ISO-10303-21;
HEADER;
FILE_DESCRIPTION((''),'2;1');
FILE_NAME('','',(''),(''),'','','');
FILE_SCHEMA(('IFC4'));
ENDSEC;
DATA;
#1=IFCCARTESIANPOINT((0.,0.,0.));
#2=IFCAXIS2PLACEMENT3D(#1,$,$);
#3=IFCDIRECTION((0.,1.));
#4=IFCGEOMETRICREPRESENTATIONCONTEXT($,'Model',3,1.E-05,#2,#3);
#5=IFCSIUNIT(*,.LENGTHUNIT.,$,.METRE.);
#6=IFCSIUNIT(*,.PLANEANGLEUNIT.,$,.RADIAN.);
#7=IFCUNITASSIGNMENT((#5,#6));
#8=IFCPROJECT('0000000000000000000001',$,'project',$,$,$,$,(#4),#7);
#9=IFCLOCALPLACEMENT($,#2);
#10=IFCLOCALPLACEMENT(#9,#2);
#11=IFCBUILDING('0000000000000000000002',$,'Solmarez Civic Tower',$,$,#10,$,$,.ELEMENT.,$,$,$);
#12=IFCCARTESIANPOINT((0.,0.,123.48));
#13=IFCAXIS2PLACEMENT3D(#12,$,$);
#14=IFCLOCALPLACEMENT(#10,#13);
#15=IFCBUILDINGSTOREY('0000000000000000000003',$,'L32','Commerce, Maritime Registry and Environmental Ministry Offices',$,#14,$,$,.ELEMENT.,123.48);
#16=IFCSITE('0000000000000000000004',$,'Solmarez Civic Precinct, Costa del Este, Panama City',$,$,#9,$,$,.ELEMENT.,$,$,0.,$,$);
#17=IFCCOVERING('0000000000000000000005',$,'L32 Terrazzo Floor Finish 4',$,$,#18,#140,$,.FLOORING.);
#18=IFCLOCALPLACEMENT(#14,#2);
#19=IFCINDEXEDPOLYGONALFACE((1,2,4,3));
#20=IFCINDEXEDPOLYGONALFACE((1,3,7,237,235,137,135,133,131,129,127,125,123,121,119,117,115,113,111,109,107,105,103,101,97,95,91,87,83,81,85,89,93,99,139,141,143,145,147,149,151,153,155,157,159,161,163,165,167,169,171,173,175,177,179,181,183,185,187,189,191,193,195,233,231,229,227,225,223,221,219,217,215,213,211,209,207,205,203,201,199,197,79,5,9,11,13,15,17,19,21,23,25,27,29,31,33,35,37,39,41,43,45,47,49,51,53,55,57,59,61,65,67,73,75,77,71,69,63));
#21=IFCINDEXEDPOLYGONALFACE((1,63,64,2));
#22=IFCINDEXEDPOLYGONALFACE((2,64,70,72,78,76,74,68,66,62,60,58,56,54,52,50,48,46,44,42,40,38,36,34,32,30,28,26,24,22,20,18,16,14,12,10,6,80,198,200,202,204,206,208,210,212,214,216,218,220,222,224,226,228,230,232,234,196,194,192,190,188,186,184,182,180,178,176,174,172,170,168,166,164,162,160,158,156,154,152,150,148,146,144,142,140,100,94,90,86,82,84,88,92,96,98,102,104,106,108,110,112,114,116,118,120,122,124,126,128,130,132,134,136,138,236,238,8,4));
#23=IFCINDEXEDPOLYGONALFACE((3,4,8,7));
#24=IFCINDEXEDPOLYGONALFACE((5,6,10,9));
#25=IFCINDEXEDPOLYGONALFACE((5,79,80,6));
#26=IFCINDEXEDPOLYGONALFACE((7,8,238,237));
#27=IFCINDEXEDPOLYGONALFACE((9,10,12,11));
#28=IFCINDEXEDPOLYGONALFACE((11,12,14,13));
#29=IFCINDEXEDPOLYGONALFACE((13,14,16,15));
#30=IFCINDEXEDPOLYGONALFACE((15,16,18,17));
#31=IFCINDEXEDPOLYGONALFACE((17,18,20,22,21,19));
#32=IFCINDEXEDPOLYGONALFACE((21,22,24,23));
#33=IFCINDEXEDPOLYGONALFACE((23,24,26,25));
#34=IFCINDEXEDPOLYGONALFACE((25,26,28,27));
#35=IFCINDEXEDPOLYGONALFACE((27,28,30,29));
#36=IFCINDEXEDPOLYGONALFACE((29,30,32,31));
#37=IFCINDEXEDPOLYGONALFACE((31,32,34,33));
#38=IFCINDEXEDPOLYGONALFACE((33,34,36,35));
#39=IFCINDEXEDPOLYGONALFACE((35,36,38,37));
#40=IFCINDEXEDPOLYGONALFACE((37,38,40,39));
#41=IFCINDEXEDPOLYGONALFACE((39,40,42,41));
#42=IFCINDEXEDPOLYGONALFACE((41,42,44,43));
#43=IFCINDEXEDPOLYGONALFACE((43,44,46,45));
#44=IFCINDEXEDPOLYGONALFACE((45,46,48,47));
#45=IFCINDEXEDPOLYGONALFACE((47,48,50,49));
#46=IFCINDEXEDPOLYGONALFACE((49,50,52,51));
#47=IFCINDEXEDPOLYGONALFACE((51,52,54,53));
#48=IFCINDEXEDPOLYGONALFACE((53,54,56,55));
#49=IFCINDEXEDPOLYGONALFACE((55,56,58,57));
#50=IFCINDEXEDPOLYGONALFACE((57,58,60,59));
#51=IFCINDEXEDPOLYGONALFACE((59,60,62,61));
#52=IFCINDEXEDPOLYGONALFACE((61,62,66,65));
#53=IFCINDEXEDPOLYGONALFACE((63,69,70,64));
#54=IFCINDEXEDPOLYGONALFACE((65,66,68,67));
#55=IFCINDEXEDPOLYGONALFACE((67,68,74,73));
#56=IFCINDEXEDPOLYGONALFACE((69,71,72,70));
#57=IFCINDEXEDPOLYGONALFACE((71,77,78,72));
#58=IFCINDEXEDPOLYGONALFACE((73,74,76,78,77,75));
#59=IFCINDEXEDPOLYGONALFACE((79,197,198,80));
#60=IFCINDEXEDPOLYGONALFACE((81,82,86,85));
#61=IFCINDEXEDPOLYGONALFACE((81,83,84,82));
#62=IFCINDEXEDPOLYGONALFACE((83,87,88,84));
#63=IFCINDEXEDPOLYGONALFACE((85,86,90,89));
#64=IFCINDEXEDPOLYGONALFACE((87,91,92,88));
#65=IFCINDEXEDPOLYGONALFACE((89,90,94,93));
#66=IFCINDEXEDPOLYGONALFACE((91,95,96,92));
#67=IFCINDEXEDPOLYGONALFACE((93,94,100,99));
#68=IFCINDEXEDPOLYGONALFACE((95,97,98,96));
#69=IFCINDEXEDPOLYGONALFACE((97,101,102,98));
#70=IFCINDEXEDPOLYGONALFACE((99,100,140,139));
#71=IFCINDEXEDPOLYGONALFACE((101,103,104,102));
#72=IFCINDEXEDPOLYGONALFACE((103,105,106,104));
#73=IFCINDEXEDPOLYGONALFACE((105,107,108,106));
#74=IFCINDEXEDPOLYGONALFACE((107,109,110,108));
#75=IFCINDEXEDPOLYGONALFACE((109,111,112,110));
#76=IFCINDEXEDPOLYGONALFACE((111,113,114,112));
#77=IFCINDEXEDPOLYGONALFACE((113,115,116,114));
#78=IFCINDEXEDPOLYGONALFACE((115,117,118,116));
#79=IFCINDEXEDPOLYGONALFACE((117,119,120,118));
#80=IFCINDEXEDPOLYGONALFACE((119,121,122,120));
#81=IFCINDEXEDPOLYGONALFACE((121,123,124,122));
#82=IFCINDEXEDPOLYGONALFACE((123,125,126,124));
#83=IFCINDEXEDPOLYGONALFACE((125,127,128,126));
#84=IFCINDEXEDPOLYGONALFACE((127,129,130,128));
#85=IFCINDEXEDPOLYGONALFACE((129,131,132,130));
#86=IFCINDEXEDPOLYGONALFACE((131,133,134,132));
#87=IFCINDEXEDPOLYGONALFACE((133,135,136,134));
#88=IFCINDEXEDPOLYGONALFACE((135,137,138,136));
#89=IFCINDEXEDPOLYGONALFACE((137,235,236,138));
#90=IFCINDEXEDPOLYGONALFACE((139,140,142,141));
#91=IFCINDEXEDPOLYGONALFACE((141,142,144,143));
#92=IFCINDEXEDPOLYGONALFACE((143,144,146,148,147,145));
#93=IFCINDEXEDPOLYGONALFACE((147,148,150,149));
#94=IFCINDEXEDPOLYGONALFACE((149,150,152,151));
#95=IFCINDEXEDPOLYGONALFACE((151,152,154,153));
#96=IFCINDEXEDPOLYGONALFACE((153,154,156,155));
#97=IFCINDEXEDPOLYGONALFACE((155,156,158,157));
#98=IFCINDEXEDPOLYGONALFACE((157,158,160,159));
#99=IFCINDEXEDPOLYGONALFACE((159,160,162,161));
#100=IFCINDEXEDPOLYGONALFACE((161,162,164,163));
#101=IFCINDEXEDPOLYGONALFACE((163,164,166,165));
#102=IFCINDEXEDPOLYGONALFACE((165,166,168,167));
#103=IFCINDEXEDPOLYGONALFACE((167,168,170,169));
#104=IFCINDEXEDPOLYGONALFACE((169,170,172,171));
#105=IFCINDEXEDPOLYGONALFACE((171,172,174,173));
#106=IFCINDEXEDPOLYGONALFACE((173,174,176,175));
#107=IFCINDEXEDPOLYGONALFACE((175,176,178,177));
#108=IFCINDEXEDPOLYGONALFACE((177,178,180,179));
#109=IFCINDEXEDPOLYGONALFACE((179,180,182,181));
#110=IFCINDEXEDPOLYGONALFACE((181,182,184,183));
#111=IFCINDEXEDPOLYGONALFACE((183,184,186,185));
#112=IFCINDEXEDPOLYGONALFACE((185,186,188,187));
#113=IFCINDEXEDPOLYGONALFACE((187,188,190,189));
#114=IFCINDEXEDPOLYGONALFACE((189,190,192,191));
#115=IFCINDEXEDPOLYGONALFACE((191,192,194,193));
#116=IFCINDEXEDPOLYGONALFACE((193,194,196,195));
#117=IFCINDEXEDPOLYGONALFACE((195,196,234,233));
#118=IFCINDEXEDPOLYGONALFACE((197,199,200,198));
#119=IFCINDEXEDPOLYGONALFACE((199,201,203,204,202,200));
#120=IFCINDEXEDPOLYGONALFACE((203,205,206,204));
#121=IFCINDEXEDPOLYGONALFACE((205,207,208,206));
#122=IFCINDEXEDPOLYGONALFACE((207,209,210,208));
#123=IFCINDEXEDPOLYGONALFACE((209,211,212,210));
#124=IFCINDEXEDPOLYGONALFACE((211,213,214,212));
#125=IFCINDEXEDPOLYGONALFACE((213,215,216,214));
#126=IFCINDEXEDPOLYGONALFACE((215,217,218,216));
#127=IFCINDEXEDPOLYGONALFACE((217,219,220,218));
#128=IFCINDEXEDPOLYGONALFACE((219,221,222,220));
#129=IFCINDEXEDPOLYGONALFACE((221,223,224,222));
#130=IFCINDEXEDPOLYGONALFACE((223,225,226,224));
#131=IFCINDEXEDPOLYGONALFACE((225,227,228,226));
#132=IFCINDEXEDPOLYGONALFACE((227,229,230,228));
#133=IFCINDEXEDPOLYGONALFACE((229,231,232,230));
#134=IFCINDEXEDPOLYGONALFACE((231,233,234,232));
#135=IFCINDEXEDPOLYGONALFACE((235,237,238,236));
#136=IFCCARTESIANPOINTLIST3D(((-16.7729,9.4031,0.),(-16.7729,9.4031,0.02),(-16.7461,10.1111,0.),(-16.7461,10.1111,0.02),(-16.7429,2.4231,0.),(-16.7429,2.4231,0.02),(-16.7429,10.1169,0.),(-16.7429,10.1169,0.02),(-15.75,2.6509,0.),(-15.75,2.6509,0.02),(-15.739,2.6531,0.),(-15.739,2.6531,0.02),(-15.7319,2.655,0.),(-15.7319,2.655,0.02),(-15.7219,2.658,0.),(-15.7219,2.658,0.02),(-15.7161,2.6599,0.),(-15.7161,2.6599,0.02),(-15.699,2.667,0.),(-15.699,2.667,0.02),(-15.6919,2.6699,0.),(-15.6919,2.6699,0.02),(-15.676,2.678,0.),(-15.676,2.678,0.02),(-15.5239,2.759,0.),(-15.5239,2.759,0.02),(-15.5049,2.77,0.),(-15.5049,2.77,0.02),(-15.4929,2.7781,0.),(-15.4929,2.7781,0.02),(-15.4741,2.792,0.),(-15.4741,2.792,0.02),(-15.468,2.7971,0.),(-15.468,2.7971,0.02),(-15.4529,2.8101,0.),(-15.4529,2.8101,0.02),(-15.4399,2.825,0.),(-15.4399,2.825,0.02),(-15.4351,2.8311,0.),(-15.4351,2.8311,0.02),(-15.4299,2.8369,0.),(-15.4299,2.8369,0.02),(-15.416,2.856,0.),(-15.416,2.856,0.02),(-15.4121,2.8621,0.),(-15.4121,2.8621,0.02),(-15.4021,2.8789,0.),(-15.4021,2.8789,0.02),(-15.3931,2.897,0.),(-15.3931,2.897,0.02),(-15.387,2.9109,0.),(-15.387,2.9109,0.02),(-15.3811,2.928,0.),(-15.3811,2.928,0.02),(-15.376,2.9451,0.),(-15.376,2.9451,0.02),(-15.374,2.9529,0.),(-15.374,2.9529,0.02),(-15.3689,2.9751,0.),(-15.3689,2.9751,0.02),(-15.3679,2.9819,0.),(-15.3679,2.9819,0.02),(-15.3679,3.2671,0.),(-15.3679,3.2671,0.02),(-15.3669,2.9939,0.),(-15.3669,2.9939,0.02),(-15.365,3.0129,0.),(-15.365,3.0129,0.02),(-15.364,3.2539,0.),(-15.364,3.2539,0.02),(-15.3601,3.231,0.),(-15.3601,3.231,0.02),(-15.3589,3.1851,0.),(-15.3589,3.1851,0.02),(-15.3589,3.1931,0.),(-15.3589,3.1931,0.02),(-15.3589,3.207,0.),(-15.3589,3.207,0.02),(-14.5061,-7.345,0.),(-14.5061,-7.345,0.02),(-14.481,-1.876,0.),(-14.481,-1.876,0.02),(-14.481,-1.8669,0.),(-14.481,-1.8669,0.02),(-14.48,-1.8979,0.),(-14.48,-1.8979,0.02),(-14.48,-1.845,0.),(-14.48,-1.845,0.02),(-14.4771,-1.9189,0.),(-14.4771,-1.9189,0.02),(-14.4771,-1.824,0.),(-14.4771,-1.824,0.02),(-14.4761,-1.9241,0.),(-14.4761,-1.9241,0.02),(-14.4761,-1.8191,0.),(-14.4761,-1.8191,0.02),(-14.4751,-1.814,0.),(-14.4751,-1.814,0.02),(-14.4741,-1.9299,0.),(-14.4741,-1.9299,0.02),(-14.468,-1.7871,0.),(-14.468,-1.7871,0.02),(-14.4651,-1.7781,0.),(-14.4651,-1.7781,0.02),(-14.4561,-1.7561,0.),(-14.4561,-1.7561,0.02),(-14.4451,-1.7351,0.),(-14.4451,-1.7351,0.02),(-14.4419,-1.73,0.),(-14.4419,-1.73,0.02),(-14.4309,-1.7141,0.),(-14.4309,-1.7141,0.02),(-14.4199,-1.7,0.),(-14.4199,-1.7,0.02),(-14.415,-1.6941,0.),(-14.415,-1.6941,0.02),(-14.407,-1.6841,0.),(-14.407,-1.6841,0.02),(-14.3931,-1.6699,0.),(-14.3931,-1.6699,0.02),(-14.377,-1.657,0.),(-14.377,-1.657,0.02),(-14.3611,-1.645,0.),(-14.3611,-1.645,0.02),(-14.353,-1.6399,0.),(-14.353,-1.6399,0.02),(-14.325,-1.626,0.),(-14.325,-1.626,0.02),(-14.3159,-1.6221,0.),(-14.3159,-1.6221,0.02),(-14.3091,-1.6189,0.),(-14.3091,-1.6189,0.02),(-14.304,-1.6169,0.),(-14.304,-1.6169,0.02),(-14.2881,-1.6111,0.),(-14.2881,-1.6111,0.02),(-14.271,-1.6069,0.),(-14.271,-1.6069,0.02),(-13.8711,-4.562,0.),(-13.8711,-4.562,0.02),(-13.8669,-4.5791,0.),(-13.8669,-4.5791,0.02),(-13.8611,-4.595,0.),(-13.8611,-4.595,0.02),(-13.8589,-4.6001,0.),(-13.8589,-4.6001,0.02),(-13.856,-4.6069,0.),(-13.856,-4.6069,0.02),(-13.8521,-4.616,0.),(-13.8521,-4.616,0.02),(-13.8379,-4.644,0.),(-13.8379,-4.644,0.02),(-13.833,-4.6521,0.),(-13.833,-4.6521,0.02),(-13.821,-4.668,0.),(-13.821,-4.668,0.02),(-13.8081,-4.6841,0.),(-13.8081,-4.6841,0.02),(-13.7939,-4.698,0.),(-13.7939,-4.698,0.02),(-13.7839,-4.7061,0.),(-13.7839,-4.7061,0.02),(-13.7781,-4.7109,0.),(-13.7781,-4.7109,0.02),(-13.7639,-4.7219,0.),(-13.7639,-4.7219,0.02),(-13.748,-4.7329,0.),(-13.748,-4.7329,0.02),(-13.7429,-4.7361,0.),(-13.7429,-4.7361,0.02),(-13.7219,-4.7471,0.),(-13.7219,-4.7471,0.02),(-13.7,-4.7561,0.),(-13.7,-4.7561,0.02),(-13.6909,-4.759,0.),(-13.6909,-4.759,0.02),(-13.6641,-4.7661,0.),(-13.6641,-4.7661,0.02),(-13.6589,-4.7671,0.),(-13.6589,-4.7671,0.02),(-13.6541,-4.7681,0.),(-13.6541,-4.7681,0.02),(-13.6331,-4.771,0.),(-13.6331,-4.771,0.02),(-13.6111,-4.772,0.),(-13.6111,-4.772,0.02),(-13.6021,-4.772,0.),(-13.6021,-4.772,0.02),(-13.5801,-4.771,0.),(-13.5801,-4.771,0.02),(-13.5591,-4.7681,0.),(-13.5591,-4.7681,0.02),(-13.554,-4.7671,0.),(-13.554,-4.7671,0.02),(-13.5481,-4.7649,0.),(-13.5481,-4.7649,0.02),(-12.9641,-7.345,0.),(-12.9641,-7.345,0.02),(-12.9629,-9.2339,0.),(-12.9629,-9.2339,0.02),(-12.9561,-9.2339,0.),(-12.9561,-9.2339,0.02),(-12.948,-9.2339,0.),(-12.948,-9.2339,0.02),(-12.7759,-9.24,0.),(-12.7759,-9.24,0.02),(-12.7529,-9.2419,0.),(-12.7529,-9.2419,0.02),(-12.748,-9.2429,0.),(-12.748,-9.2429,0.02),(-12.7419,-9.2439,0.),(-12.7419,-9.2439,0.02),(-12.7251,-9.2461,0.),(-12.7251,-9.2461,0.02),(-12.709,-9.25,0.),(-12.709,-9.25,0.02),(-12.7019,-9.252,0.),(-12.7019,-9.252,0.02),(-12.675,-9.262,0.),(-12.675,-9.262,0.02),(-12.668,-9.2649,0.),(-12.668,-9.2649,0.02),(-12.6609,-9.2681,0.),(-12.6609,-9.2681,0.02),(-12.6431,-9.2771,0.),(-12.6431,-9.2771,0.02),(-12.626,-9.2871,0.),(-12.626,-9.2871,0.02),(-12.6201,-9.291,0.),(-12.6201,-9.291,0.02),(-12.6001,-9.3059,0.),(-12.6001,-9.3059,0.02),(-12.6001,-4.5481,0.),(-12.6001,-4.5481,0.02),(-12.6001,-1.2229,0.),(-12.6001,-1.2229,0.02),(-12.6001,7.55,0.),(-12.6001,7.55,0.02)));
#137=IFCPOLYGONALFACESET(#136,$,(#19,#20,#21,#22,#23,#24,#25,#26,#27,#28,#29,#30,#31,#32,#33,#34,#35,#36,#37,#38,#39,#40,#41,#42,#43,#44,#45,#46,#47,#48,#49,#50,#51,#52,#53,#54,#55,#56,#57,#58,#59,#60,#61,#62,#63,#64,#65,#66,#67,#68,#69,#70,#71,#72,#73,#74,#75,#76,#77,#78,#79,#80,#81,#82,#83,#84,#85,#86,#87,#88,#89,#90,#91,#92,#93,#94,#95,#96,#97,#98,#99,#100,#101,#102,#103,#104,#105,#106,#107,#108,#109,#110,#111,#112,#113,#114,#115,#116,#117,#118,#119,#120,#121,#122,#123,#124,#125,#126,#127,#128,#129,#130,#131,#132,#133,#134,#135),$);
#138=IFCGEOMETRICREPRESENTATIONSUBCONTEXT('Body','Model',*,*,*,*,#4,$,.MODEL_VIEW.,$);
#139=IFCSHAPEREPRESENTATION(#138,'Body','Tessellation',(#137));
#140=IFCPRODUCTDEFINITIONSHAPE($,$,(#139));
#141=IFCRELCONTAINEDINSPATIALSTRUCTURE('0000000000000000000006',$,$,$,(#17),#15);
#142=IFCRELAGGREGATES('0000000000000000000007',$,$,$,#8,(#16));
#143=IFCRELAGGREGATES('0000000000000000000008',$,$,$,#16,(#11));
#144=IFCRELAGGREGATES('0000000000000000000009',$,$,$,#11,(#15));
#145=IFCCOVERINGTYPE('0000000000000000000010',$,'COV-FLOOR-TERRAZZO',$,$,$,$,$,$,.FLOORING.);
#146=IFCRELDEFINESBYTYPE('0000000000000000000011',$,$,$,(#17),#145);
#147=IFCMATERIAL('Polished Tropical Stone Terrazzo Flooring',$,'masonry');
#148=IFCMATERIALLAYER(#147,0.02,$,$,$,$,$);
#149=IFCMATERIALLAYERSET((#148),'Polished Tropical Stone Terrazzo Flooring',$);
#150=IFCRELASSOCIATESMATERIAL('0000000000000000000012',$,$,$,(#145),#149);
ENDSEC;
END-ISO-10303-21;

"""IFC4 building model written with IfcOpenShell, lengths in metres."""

from ifc_helpers import new_model, si_unit, direction, frame, origin, place, context, subcontext, project, spatial, polyline, outline, extrude, material, layer, layer_set, type_object, element, save


model = new_model("IFC4")

# Units and contexts
model_context = context("Model", 3, precision=1e-05, world=origin(), true_north=direction((0.0, 1.0)))
body_context = subcontext(model_context, "Body", "Model", "MODEL_VIEW")
ifc_project = project(units=[si_unit("LENGTHUNIT", "METRE"), si_unit("PLANEANGLEUNIT", "RADIAN")], contexts=[model_context])

# Site, building, storey
site_placement = place(None, origin())
site = spatial("IfcSite", under=ifc_project, at=site_placement, Name="Solmarez Civic Precinct, Costa del Este, Panama City", CompositionType="ELEMENT", RefElevation=0.0)
building_placement = place(site_placement, origin())
building = spatial("IfcBuilding", under=site, at=building_placement, Name="Solmarez Civic Tower", CompositionType="ELEMENT")
storey_placement = place(building_placement, frame((0.0, 0.0, 123.48)))
storey = spatial("IfcBuildingStorey", under=building, at=storey_placement, Name="L32", Description="Commerce, Maritime Registry and Environmental Ministry Offices", CompositionType="ELEMENT", Elevation=123.48)

# Covering
ifc_material_1 = material(Name="Polished Tropical Stone Terrazzo Flooring", Category="masonry")
ifc_layer_1 = layer(ifc_material_1, 0.02)
ifc_layer_set_1 = layer_set([ifc_layer_1], Name="Polished Tropical Stone Terrazzo Flooring")
covering_type_1 = type_object("IfcCoveringType", Name="COV-FLOOR-TERRAZZO", PredefinedType="FLOORING", material=ifc_layer_set_1)
covering_1_placement = place(storey_placement, origin())
element("IfcCovering", 1, at=covering_1_placement, inside=storey, type_object=covering_type_1, Name="L32 Terrazzo Floor Finish 4", PredefinedType="FLOORING", context=body_context, shape_type="SweptSolid", body=[
    extrude(outline(polyline([(-15.3679, 3.2671), (-15.364, 3.2539), (-15.3601, 3.231), (-15.3589, 3.207), (-15.3589, 3.1931), (-15.3589, 3.1851), (-15.365, 3.0129), (-15.3669, 2.9939), (-15.3679, 2.9819), (-15.3689, 2.9751), (-15.374, 2.9529), (-15.376, 2.9451), (-15.3811, 2.928), (-15.387, 2.9109), (-15.3931, 2.897), (-15.4021, 2.8789), (-15.4121, 2.8621), (-15.416, 2.856), (-15.4299, 2.8369), (-15.4351, 2.8311), (-15.4399, 2.825), (-15.4529, 2.8101), (-15.468, 2.7971), (-15.4741, 2.792), (-15.4929, 2.7781), (-15.5049, 2.77), (-15.5239, 2.759), (-15.676, 2.678), (-15.6919, 2.6699), (-15.699, 2.667), (-15.7161, 2.6599), (-15.7219, 2.658), (-15.7319, 2.655), (-15.739, 2.6531), (-15.75, 2.6509), (-16.7429, 2.4231), (-14.5061, -7.345), (-12.9641, -7.345), (-12.9629, -9.2339), (-12.9561, -9.2339), (-12.948, -9.2339), (-12.7759, -9.24), (-12.7529, -9.2419), (-12.748, -9.2429), (-12.7419, -9.2439), (-12.7251, -9.2461), (-12.709, -9.25), (-12.7019, -9.252), (-12.675, -9.262), (-12.668, -9.2649), (-12.6609, -9.2681), (-12.6431, -9.2771), (-12.626, -9.2871), (-12.6201, -9.291), (-12.6001, -9.3059), (-12.6001, -4.5481), (-13.5481, -4.7649), (-13.554, -4.7671), (-13.5591, -4.7681), (-13.5801, -4.771), (-13.6021, -4.772), (-13.6111, -4.772), (-13.6331, -4.771), (-13.6541, -4.7681), (-13.6589, -4.7671), (-13.6641, -4.7661), (-13.6909, -4.759), (-13.7, -4.7561), (-13.7219, -4.7471), (-13.7429, -4.7361), (-13.748, -4.7329), (-13.7639, -4.7219), (-13.7781, -4.7109), (-13.7839, -4.7061), (-13.7939, -4.698), (-13.8081, -4.6841), (-13.821, -4.668), (-13.833, -4.6521), (-13.8379, -4.644), (-13.8521, -4.616), (-13.856, -4.6069), (-13.8589, -4.6001), (-13.8611, -4.595), (-13.8669, -4.5791), (-13.8711, -4.562), (-14.4741, -1.9299), (-14.4761, -1.9241), (-14.4771, -1.9189), (-14.48, -1.8979), (-14.481, -1.876), (-14.481, -1.8669), (-14.48, -1.845), (-14.4771, -1.824), (-14.4761, -1.8191), (-14.4751, -1.814), (-14.468, -1.7871), (-14.4651, -1.7781), (-14.4561, -1.7561), (-14.4451, -1.7351), (-14.4419, -1.73), (-14.4309, -1.7141), (-14.4199, -1.7), (-14.415, -1.6941), (-14.407, -1.6841), (-14.3931, -1.6699), (-14.377, -1.657), (-14.3611, -1.645), (-14.353, -1.6399), (-14.325, -1.626), (-14.3159, -1.6221), (-14.3091, -1.6189), (-14.304, -1.6169), (-14.2881, -1.6111), (-14.271, -1.6069), (-12.6001, -1.2229), (-12.6001, 7.55), (-16.7429, 10.1169), (-16.7461, 10.1111), (-16.7729, 9.4031), (-15.3679, 3.2671)])), origin(), (0.0, 0.0, 1.0), 0.02),
])

save(model, "model.ifc")
